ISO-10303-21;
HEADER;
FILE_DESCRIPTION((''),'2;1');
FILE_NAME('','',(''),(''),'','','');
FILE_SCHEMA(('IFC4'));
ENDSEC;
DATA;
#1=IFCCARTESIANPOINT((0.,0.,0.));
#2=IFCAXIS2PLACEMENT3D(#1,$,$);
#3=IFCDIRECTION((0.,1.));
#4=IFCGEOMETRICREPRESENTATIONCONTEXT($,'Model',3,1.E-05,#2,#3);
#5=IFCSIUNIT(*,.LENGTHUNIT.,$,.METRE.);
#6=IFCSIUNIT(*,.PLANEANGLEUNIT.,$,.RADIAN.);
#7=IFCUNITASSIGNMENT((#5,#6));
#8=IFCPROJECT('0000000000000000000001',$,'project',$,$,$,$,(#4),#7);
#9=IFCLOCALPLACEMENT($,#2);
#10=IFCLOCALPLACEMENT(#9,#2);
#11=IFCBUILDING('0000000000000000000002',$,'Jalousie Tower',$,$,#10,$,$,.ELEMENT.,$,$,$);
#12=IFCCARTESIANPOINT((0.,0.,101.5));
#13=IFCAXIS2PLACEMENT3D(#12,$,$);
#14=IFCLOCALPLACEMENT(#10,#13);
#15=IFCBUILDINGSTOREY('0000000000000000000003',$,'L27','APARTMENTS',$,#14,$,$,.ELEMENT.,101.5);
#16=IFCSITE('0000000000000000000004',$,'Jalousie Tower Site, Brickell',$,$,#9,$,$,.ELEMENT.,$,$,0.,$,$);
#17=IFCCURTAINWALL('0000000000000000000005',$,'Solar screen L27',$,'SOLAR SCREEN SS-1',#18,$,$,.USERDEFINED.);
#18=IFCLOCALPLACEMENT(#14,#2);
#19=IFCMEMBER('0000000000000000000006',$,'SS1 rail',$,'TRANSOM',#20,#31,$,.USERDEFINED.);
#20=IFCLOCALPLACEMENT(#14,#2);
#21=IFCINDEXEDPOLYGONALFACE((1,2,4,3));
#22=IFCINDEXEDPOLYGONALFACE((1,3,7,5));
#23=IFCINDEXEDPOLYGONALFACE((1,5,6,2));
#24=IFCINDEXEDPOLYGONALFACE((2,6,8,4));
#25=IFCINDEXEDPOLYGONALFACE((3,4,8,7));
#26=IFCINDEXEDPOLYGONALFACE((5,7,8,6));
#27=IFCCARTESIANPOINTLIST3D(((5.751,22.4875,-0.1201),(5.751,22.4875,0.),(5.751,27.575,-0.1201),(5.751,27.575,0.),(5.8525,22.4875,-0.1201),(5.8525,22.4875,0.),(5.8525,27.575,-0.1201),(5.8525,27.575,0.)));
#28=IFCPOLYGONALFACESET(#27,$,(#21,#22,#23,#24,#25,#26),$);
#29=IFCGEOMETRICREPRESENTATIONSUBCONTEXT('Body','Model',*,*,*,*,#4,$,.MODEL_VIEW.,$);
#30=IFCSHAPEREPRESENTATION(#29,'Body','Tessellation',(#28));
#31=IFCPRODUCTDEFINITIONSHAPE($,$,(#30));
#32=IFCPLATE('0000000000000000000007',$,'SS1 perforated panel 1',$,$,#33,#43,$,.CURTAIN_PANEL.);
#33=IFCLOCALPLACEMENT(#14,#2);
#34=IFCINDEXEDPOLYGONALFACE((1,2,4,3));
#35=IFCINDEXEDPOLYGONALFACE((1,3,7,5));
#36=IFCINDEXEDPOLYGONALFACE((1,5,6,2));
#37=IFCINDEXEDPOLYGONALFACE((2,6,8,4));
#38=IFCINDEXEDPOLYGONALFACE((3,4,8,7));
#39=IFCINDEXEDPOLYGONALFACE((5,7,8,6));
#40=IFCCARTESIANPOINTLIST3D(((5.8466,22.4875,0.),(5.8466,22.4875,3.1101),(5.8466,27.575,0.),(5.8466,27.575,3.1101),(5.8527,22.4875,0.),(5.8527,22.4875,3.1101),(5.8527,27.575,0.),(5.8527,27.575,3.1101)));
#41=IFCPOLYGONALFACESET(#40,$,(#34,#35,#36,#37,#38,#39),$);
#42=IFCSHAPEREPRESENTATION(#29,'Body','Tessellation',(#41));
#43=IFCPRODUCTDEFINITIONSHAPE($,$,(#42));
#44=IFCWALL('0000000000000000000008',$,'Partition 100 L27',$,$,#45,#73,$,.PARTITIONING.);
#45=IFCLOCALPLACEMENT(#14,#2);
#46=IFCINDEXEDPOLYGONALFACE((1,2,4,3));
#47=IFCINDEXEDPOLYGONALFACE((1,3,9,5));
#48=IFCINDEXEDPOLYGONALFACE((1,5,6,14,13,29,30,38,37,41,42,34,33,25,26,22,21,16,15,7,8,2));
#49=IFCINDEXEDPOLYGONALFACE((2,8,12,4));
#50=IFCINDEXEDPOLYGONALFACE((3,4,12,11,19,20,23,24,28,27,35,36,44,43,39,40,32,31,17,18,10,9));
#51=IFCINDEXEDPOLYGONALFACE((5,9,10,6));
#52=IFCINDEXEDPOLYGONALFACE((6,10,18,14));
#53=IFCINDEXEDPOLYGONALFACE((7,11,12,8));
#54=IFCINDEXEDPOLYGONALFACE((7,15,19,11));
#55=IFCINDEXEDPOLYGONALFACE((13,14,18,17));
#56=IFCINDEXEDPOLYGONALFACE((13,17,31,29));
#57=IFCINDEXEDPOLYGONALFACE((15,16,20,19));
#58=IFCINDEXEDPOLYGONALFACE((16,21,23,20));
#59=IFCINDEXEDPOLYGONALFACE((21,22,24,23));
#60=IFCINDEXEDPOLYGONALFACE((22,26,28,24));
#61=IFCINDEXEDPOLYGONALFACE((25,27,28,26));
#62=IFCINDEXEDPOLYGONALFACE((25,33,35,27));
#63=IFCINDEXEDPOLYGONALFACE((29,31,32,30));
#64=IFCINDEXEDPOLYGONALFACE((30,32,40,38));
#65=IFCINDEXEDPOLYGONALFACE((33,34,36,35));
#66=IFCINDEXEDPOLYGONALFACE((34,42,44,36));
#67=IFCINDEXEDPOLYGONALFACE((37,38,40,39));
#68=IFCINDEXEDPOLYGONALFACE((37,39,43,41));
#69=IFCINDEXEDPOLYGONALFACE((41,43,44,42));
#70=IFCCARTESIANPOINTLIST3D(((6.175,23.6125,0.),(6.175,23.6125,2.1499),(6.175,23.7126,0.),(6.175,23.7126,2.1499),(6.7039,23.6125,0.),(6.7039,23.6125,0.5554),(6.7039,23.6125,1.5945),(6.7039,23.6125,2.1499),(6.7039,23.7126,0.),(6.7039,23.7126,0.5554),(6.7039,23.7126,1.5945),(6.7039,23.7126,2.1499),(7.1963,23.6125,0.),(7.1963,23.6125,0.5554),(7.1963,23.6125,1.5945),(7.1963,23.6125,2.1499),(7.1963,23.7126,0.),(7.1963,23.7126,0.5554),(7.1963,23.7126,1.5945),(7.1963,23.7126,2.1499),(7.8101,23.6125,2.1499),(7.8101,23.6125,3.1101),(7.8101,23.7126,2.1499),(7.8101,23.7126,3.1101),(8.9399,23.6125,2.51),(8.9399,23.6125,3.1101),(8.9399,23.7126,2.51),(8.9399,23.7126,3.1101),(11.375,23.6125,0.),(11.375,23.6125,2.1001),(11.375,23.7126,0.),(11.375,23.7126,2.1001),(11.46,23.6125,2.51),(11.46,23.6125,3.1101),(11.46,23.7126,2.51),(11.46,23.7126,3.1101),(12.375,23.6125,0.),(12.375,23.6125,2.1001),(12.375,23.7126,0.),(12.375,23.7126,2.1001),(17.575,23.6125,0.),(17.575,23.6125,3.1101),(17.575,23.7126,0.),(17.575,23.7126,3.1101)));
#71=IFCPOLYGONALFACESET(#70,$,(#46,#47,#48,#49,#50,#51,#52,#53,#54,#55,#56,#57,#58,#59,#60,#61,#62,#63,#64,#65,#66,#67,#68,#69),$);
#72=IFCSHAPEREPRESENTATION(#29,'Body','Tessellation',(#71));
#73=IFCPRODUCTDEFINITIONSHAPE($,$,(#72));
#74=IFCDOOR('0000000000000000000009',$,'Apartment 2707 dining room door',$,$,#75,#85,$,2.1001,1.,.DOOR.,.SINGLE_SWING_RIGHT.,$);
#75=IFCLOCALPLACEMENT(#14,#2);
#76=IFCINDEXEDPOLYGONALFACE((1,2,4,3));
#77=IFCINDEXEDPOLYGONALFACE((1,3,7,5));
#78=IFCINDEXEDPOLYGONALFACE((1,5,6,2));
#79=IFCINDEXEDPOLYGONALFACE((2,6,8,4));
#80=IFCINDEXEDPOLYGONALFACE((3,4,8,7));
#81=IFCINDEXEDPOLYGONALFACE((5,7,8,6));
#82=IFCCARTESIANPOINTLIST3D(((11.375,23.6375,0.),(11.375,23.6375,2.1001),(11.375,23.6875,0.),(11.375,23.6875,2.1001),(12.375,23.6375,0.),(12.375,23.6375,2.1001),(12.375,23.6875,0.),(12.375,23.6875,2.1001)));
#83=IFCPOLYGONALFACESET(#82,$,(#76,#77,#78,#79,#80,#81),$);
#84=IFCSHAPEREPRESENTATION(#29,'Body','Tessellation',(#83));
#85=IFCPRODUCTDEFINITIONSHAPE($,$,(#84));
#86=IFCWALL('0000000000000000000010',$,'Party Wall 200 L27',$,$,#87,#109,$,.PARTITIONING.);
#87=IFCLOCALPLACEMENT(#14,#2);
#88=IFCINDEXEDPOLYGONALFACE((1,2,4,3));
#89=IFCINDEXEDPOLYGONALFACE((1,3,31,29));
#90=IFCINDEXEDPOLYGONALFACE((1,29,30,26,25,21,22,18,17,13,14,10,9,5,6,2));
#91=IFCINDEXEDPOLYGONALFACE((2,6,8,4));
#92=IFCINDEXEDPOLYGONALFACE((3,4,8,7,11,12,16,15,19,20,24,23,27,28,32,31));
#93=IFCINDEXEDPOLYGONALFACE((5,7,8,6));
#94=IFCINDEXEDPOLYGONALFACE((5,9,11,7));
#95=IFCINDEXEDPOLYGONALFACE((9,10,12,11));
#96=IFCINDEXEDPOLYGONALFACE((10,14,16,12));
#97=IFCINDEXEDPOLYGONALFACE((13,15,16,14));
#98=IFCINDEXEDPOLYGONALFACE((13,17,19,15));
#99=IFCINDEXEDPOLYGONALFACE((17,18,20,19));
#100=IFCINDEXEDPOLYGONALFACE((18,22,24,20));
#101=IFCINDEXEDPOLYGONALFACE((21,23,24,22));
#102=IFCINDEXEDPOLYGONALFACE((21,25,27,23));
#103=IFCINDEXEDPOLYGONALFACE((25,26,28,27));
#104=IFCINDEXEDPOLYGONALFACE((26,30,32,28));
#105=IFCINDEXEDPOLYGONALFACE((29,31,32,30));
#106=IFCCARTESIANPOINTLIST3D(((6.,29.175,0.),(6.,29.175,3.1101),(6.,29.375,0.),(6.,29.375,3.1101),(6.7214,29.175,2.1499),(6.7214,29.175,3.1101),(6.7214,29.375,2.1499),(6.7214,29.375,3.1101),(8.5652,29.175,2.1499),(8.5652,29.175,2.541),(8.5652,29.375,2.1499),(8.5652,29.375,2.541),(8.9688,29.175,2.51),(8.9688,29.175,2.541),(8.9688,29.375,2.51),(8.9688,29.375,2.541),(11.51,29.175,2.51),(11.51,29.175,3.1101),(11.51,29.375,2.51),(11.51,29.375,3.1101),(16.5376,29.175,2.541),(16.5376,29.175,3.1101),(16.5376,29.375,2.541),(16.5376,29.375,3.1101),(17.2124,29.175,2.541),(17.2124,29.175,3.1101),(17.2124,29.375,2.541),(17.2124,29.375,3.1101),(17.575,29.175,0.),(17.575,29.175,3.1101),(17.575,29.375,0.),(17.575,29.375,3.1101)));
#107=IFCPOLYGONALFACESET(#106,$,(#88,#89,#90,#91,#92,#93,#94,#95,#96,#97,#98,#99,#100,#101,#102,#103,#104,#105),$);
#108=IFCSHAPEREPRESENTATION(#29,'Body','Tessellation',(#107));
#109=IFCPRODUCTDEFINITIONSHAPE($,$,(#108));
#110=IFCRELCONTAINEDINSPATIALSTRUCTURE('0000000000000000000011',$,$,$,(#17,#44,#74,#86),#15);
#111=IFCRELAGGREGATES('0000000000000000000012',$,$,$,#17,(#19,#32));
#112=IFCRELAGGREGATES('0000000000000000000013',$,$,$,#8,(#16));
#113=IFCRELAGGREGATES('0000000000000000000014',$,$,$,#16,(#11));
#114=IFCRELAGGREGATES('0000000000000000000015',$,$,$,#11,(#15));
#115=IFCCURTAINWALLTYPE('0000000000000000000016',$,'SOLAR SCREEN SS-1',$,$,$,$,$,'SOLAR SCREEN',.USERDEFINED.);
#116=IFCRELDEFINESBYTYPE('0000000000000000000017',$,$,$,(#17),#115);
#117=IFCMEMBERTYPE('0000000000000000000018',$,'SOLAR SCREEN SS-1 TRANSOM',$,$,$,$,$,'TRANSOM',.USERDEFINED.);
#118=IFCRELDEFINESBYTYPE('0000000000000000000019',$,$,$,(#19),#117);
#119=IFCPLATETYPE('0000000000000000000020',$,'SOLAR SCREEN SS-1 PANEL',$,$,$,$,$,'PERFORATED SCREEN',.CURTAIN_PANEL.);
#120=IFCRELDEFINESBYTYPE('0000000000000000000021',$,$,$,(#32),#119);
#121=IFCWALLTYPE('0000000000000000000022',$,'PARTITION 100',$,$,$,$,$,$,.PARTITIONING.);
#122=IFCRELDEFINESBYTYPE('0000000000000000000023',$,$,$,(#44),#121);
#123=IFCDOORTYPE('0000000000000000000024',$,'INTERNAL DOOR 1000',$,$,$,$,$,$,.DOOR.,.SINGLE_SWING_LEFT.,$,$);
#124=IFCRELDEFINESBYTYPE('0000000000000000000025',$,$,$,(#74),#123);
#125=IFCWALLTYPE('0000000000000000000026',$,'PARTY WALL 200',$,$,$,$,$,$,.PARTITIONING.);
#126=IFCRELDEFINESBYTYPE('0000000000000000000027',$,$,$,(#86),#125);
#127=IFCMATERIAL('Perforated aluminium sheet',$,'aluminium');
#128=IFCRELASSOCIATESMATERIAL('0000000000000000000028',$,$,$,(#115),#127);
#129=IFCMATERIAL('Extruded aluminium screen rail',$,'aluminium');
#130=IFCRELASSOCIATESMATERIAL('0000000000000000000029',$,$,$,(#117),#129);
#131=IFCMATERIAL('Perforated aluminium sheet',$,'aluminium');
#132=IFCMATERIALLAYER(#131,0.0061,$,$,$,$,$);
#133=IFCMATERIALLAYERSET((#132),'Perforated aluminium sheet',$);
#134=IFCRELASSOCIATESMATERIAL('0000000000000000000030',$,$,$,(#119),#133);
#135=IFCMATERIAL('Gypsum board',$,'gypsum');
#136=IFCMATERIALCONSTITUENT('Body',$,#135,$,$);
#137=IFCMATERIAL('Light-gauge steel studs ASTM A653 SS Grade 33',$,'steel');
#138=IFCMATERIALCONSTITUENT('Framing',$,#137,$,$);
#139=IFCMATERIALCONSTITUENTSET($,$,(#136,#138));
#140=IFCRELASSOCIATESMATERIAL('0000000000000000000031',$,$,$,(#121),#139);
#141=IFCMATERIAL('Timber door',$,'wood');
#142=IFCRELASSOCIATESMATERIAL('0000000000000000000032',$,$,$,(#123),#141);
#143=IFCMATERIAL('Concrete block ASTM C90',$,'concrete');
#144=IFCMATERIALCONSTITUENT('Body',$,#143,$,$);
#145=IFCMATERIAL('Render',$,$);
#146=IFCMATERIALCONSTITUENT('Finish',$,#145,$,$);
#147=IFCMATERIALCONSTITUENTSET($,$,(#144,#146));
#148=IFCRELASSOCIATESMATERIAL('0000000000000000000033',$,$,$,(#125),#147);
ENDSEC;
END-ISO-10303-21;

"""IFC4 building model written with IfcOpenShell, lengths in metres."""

from ifc_helpers import new_model, si_unit, direction, frame, frame_2d, origin, origin_2d, place, context, subcontext, project, spatial, polyline, rectangle, outline, extrude, material, layer, layer_set, constituent, constituent_set, material_profile, profile_set, type_object, element, fill, aggregate, save


model = new_model("IFC4")

# Units and contexts
model_context = context("Model", 3, precision=1e-05, world=origin(), true_north=direction((0.0, 1.0)))
body_context = subcontext(model_context, "Body", "Model", "MODEL_VIEW")
ifc_project = project(units=[si_unit("LENGTHUNIT", "METRE"), si_unit("PLANEANGLEUNIT", "RADIAN")], contexts=[model_context])

# Site, building, storey
site_placement = place(None, origin())
site = spatial("IfcSite", under=ifc_project, at=site_placement, Name="Jalousie Tower Site, Brickell", CompositionType="ELEMENT", RefElevation=0.0)
building_placement = place(site_placement, origin())
building = spatial("IfcBuilding", under=site, at=building_placement, Name="Jalousie Tower", CompositionType="ELEMENT")
storey_placement = place(building_placement, frame((0.0, 0.0, 101.5)))
storey = spatial("IfcBuildingStorey", under=building, at=storey_placement, Name="L27", Description="APARTMENTS", CompositionType="ELEMENT", Elevation=101.5)

# Curtain wall, member, plate
ifc_material_1 = material(Name="Perforated aluminium sheet", Category="aluminium")
curtain_wall_type = type_object("IfcCurtainWallType", Name="SOLAR SCREEN SS-1", ElementType="SOLAR SCREEN", PredefinedType="USERDEFINED", material=ifc_material_1)
curtain_wall_placement = place(storey_placement, origin())
curtain_wall = element("IfcCurtainWall", 1, at=curtain_wall_placement, inside=storey, type_object=curtain_wall_type, Name="Solar screen L27", ObjectType="SOLAR SCREEN SS-1", PredefinedType="USERDEFINED")
ifc_material_2 = material(Name="Extruded aluminium screen rail", Category="aluminium")
ifc_material_profile_1 = material_profile(ifc_material_2, rectangle(XDim=0.1016, YDim=0.1201, at=origin_2d()), Name="RAIL 102x120")
ifc_profile_set_1 = profile_set([ifc_material_profile_1], Name="Extruded aluminium screen rail")
member_type_1 = type_object("IfcMemberType", Name="SOLAR SCREEN SS-1 TRANSOM", ElementType="TRANSOM", PredefinedType="USERDEFINED", material=ifc_profile_set_1)
member_1_placement = place(storey_placement, frame((5.8018, 27.575, -0.0601), z_axis=(0.0, -1.0, 0.0), x_axis=(1.0, 0.0, 0.0)))
member_1 = element("IfcMember", 2, at=member_1_placement, type_object=member_type_1, Name="SS1 rail", ObjectType="TRANSOM", PredefinedType="USERDEFINED", context=body_context, shape_type="SweptSolid", body=[
    extrude(rectangle(XDim=0.1016, YDim=0.1201, at=origin_2d()), origin(), (0.0, 0.0, 1.0), 5.0874),
])
ifc_material_3 = material(Name="Perforated aluminium sheet", Category="aluminium")
ifc_layer = layer(ifc_material_3, 0.0061)
ifc_layer_set = layer_set([ifc_layer], Name="Perforated aluminium sheet")
plate_type = type_object("IfcPlateType", Name="SOLAR SCREEN SS-1 PANEL", ElementType="PERFORATED SCREEN", PredefinedType="CURTAIN_PANEL", material=ifc_layer_set)
plate_placement = place(storey_placement, frame((5.8496, 25.0312, 0.0), z_axis=(0.0, 0.0, 1.0), x_axis=(0.0, -1.0, 0.0)))
plate = element("IfcPlate", 3, at=plate_placement, type_object=plate_type, Name="SS1 perforated panel 1", PredefinedType="CURTAIN_PANEL", context=body_context, shape_type="SweptSolid", body=[
    extrude(rectangle(XDim=5.0874, YDim=0.0061, at=origin_2d()), origin(), (0.0, 0.0, 1.0), 3.1101),
])
aggregate(curtain_wall, [member_1, plate])

# Wall, opening, door
ifc_material_4 = material(Name="Gypsum board", Category="gypsum")
ifc_constituent_1 = constituent(ifc_material_4, Name="Body")
ifc_material_5 = material(Name="Light-gauge steel studs ASTM A653 SS Grade 33", Category="steel")
ifc_constituent_2 = constituent(ifc_material_5, Name="Framing")
ifc_constituent_set_1 = constituent_set(constituents=[ifc_constituent_1, ifc_constituent_2])
wall_type_1 = type_object("IfcWallType", Name="PARTITION 100", PredefinedType="PARTITIONING", material=ifc_constituent_set_1)
wall_1_placement = place(storey_placement, frame((6.175, 23.6626, 0.0), z_axis=(0.0, 0.0, 1.0), x_axis=(1.0, 0.0, 0.0)))
wall_1 = element("IfcWall", 4, at=wall_1_placement, inside=storey, type_object=wall_type_1, Name="Partition 100 L27", PredefinedType="PARTITIONING", context=body_context, shape_type="SweptSolid", body=[
    extrude(outline(polyline([(0.5288, 2.1499), (0.0, 2.1499), (0.0, 0.0), (0.5288, 0.0), (0.5288, 0.5554), (1.0212, 0.5554), (1.0212, 0.0), (11.3999, 0.0), (11.3999, 3.1101), (5.2849, 3.1101), (5.2849, 2.51), (2.7649, 2.51), (2.7649, 3.1101), (1.635, 3.1101), (1.635, 2.1499), (1.0212, 2.1499), (1.0212, 1.5945), (0.5288, 1.5945), (0.5288, 2.1499)])), frame((0.0, 0.05, 0.0), z_axis=(0.0, -1.0, 0.0), x_axis=(1.0, 0.0, 0.0)), (0.0, 0.0, 1.0), 0.1001),
])
opening_placement = place(wall_1_placement, frame((5.2, 0.0, 0.0)))
opening = element("IfcOpeningElement", 5, at=opening_placement, cuts=wall_1, PredefinedType="OPENING", context=body_context, shape_type="SweptSolid", body=[
    extrude(rectangle(XDim=1.0, YDim=2.1001, at=frame_2d((0.5, 1.05))), frame((0.0, 0.0601, 0.0), z_axis=(0.0, -1.0, 0.0), x_axis=(1.0, 0.0, 0.0)), (0.0, 0.0, 1.0), 0.1201),
])
ifc_material_6 = material(Name="Timber door", Category="wood")
door_type = type_object("IfcDoorType", Name="INTERNAL DOOR 1000", OperationType="SINGLE_SWING_LEFT", PredefinedType="DOOR", material=ifc_material_6)
door_placement = place(opening_placement, origin())
door = element("IfcDoor", 6, at=door_placement, inside=storey, type_object=door_type, Name="Apartment 2707 dining room door", OperationType="SINGLE_SWING_RIGHT", OverallHeight=2.1001, OverallWidth=1.0, PredefinedType="DOOR", context=body_context, shape_type="SweptSolid", body=[
    extrude(rectangle(XDim=1.0, YDim=2.1001, at=frame_2d((0.5, 1.05))), frame((0.0, 0.0249, 0.0), z_axis=(0.0, -1.0, 0.0), x_axis=(1.0, 0.0, 0.0)), (0.0, 0.0, 1.0), 0.05),
])
fill(opening, door)

# Wall
ifc_material_7 = material(Name="Concrete block ASTM C90", Category="concrete")
ifc_constituent_3 = constituent(ifc_material_7, Name="Body")
ifc_material_8 = material(Name="Render")
ifc_constituent_4 = constituent(ifc_material_8, Name="Finish")
ifc_constituent_set_2 = constituent_set(constituents=[ifc_constituent_3, ifc_constituent_4])
wall_type_2 = type_object("IfcWallType", Name="PARTY WALL 200", PredefinedType="PARTITIONING", material=ifc_constituent_set_2)
wall_2_placement = place(storey_placement, frame((6.0, 29.2749, 0.0), z_axis=(0.0, 0.0, 1.0), x_axis=(1.0, 0.0, 0.0)))
element("IfcWall", 7, at=wall_2_placement, inside=storey, type_object=wall_type_2, Name="Party Wall 200 L27", PredefinedType="PARTITIONING", context=body_context, shape_type="SweptSolid", body=[
    extrude(outline(polyline([(0.0, 0.0), (11.575, 0.0), (11.575, 3.1101), (11.2124, 3.1101), (11.2124, 2.541), (10.5376, 2.541), (10.5376, 3.1101), (5.51, 3.1101), (5.51, 2.51), (2.9688, 2.51), (2.9688, 2.541), (2.5652, 2.541), (2.5652, 2.1499), (0.7214, 2.1499), (0.7214, 3.1101), (0.0, 3.1101), (0.0, 0.0)])), frame((0.0, 0.1001, 0.0), z_axis=(0.0, -1.0, 0.0), x_axis=(1.0, 0.0, 0.0)), (0.0, 0.0, 1.0), 0.2),
])

save(model, "model.ifc")
